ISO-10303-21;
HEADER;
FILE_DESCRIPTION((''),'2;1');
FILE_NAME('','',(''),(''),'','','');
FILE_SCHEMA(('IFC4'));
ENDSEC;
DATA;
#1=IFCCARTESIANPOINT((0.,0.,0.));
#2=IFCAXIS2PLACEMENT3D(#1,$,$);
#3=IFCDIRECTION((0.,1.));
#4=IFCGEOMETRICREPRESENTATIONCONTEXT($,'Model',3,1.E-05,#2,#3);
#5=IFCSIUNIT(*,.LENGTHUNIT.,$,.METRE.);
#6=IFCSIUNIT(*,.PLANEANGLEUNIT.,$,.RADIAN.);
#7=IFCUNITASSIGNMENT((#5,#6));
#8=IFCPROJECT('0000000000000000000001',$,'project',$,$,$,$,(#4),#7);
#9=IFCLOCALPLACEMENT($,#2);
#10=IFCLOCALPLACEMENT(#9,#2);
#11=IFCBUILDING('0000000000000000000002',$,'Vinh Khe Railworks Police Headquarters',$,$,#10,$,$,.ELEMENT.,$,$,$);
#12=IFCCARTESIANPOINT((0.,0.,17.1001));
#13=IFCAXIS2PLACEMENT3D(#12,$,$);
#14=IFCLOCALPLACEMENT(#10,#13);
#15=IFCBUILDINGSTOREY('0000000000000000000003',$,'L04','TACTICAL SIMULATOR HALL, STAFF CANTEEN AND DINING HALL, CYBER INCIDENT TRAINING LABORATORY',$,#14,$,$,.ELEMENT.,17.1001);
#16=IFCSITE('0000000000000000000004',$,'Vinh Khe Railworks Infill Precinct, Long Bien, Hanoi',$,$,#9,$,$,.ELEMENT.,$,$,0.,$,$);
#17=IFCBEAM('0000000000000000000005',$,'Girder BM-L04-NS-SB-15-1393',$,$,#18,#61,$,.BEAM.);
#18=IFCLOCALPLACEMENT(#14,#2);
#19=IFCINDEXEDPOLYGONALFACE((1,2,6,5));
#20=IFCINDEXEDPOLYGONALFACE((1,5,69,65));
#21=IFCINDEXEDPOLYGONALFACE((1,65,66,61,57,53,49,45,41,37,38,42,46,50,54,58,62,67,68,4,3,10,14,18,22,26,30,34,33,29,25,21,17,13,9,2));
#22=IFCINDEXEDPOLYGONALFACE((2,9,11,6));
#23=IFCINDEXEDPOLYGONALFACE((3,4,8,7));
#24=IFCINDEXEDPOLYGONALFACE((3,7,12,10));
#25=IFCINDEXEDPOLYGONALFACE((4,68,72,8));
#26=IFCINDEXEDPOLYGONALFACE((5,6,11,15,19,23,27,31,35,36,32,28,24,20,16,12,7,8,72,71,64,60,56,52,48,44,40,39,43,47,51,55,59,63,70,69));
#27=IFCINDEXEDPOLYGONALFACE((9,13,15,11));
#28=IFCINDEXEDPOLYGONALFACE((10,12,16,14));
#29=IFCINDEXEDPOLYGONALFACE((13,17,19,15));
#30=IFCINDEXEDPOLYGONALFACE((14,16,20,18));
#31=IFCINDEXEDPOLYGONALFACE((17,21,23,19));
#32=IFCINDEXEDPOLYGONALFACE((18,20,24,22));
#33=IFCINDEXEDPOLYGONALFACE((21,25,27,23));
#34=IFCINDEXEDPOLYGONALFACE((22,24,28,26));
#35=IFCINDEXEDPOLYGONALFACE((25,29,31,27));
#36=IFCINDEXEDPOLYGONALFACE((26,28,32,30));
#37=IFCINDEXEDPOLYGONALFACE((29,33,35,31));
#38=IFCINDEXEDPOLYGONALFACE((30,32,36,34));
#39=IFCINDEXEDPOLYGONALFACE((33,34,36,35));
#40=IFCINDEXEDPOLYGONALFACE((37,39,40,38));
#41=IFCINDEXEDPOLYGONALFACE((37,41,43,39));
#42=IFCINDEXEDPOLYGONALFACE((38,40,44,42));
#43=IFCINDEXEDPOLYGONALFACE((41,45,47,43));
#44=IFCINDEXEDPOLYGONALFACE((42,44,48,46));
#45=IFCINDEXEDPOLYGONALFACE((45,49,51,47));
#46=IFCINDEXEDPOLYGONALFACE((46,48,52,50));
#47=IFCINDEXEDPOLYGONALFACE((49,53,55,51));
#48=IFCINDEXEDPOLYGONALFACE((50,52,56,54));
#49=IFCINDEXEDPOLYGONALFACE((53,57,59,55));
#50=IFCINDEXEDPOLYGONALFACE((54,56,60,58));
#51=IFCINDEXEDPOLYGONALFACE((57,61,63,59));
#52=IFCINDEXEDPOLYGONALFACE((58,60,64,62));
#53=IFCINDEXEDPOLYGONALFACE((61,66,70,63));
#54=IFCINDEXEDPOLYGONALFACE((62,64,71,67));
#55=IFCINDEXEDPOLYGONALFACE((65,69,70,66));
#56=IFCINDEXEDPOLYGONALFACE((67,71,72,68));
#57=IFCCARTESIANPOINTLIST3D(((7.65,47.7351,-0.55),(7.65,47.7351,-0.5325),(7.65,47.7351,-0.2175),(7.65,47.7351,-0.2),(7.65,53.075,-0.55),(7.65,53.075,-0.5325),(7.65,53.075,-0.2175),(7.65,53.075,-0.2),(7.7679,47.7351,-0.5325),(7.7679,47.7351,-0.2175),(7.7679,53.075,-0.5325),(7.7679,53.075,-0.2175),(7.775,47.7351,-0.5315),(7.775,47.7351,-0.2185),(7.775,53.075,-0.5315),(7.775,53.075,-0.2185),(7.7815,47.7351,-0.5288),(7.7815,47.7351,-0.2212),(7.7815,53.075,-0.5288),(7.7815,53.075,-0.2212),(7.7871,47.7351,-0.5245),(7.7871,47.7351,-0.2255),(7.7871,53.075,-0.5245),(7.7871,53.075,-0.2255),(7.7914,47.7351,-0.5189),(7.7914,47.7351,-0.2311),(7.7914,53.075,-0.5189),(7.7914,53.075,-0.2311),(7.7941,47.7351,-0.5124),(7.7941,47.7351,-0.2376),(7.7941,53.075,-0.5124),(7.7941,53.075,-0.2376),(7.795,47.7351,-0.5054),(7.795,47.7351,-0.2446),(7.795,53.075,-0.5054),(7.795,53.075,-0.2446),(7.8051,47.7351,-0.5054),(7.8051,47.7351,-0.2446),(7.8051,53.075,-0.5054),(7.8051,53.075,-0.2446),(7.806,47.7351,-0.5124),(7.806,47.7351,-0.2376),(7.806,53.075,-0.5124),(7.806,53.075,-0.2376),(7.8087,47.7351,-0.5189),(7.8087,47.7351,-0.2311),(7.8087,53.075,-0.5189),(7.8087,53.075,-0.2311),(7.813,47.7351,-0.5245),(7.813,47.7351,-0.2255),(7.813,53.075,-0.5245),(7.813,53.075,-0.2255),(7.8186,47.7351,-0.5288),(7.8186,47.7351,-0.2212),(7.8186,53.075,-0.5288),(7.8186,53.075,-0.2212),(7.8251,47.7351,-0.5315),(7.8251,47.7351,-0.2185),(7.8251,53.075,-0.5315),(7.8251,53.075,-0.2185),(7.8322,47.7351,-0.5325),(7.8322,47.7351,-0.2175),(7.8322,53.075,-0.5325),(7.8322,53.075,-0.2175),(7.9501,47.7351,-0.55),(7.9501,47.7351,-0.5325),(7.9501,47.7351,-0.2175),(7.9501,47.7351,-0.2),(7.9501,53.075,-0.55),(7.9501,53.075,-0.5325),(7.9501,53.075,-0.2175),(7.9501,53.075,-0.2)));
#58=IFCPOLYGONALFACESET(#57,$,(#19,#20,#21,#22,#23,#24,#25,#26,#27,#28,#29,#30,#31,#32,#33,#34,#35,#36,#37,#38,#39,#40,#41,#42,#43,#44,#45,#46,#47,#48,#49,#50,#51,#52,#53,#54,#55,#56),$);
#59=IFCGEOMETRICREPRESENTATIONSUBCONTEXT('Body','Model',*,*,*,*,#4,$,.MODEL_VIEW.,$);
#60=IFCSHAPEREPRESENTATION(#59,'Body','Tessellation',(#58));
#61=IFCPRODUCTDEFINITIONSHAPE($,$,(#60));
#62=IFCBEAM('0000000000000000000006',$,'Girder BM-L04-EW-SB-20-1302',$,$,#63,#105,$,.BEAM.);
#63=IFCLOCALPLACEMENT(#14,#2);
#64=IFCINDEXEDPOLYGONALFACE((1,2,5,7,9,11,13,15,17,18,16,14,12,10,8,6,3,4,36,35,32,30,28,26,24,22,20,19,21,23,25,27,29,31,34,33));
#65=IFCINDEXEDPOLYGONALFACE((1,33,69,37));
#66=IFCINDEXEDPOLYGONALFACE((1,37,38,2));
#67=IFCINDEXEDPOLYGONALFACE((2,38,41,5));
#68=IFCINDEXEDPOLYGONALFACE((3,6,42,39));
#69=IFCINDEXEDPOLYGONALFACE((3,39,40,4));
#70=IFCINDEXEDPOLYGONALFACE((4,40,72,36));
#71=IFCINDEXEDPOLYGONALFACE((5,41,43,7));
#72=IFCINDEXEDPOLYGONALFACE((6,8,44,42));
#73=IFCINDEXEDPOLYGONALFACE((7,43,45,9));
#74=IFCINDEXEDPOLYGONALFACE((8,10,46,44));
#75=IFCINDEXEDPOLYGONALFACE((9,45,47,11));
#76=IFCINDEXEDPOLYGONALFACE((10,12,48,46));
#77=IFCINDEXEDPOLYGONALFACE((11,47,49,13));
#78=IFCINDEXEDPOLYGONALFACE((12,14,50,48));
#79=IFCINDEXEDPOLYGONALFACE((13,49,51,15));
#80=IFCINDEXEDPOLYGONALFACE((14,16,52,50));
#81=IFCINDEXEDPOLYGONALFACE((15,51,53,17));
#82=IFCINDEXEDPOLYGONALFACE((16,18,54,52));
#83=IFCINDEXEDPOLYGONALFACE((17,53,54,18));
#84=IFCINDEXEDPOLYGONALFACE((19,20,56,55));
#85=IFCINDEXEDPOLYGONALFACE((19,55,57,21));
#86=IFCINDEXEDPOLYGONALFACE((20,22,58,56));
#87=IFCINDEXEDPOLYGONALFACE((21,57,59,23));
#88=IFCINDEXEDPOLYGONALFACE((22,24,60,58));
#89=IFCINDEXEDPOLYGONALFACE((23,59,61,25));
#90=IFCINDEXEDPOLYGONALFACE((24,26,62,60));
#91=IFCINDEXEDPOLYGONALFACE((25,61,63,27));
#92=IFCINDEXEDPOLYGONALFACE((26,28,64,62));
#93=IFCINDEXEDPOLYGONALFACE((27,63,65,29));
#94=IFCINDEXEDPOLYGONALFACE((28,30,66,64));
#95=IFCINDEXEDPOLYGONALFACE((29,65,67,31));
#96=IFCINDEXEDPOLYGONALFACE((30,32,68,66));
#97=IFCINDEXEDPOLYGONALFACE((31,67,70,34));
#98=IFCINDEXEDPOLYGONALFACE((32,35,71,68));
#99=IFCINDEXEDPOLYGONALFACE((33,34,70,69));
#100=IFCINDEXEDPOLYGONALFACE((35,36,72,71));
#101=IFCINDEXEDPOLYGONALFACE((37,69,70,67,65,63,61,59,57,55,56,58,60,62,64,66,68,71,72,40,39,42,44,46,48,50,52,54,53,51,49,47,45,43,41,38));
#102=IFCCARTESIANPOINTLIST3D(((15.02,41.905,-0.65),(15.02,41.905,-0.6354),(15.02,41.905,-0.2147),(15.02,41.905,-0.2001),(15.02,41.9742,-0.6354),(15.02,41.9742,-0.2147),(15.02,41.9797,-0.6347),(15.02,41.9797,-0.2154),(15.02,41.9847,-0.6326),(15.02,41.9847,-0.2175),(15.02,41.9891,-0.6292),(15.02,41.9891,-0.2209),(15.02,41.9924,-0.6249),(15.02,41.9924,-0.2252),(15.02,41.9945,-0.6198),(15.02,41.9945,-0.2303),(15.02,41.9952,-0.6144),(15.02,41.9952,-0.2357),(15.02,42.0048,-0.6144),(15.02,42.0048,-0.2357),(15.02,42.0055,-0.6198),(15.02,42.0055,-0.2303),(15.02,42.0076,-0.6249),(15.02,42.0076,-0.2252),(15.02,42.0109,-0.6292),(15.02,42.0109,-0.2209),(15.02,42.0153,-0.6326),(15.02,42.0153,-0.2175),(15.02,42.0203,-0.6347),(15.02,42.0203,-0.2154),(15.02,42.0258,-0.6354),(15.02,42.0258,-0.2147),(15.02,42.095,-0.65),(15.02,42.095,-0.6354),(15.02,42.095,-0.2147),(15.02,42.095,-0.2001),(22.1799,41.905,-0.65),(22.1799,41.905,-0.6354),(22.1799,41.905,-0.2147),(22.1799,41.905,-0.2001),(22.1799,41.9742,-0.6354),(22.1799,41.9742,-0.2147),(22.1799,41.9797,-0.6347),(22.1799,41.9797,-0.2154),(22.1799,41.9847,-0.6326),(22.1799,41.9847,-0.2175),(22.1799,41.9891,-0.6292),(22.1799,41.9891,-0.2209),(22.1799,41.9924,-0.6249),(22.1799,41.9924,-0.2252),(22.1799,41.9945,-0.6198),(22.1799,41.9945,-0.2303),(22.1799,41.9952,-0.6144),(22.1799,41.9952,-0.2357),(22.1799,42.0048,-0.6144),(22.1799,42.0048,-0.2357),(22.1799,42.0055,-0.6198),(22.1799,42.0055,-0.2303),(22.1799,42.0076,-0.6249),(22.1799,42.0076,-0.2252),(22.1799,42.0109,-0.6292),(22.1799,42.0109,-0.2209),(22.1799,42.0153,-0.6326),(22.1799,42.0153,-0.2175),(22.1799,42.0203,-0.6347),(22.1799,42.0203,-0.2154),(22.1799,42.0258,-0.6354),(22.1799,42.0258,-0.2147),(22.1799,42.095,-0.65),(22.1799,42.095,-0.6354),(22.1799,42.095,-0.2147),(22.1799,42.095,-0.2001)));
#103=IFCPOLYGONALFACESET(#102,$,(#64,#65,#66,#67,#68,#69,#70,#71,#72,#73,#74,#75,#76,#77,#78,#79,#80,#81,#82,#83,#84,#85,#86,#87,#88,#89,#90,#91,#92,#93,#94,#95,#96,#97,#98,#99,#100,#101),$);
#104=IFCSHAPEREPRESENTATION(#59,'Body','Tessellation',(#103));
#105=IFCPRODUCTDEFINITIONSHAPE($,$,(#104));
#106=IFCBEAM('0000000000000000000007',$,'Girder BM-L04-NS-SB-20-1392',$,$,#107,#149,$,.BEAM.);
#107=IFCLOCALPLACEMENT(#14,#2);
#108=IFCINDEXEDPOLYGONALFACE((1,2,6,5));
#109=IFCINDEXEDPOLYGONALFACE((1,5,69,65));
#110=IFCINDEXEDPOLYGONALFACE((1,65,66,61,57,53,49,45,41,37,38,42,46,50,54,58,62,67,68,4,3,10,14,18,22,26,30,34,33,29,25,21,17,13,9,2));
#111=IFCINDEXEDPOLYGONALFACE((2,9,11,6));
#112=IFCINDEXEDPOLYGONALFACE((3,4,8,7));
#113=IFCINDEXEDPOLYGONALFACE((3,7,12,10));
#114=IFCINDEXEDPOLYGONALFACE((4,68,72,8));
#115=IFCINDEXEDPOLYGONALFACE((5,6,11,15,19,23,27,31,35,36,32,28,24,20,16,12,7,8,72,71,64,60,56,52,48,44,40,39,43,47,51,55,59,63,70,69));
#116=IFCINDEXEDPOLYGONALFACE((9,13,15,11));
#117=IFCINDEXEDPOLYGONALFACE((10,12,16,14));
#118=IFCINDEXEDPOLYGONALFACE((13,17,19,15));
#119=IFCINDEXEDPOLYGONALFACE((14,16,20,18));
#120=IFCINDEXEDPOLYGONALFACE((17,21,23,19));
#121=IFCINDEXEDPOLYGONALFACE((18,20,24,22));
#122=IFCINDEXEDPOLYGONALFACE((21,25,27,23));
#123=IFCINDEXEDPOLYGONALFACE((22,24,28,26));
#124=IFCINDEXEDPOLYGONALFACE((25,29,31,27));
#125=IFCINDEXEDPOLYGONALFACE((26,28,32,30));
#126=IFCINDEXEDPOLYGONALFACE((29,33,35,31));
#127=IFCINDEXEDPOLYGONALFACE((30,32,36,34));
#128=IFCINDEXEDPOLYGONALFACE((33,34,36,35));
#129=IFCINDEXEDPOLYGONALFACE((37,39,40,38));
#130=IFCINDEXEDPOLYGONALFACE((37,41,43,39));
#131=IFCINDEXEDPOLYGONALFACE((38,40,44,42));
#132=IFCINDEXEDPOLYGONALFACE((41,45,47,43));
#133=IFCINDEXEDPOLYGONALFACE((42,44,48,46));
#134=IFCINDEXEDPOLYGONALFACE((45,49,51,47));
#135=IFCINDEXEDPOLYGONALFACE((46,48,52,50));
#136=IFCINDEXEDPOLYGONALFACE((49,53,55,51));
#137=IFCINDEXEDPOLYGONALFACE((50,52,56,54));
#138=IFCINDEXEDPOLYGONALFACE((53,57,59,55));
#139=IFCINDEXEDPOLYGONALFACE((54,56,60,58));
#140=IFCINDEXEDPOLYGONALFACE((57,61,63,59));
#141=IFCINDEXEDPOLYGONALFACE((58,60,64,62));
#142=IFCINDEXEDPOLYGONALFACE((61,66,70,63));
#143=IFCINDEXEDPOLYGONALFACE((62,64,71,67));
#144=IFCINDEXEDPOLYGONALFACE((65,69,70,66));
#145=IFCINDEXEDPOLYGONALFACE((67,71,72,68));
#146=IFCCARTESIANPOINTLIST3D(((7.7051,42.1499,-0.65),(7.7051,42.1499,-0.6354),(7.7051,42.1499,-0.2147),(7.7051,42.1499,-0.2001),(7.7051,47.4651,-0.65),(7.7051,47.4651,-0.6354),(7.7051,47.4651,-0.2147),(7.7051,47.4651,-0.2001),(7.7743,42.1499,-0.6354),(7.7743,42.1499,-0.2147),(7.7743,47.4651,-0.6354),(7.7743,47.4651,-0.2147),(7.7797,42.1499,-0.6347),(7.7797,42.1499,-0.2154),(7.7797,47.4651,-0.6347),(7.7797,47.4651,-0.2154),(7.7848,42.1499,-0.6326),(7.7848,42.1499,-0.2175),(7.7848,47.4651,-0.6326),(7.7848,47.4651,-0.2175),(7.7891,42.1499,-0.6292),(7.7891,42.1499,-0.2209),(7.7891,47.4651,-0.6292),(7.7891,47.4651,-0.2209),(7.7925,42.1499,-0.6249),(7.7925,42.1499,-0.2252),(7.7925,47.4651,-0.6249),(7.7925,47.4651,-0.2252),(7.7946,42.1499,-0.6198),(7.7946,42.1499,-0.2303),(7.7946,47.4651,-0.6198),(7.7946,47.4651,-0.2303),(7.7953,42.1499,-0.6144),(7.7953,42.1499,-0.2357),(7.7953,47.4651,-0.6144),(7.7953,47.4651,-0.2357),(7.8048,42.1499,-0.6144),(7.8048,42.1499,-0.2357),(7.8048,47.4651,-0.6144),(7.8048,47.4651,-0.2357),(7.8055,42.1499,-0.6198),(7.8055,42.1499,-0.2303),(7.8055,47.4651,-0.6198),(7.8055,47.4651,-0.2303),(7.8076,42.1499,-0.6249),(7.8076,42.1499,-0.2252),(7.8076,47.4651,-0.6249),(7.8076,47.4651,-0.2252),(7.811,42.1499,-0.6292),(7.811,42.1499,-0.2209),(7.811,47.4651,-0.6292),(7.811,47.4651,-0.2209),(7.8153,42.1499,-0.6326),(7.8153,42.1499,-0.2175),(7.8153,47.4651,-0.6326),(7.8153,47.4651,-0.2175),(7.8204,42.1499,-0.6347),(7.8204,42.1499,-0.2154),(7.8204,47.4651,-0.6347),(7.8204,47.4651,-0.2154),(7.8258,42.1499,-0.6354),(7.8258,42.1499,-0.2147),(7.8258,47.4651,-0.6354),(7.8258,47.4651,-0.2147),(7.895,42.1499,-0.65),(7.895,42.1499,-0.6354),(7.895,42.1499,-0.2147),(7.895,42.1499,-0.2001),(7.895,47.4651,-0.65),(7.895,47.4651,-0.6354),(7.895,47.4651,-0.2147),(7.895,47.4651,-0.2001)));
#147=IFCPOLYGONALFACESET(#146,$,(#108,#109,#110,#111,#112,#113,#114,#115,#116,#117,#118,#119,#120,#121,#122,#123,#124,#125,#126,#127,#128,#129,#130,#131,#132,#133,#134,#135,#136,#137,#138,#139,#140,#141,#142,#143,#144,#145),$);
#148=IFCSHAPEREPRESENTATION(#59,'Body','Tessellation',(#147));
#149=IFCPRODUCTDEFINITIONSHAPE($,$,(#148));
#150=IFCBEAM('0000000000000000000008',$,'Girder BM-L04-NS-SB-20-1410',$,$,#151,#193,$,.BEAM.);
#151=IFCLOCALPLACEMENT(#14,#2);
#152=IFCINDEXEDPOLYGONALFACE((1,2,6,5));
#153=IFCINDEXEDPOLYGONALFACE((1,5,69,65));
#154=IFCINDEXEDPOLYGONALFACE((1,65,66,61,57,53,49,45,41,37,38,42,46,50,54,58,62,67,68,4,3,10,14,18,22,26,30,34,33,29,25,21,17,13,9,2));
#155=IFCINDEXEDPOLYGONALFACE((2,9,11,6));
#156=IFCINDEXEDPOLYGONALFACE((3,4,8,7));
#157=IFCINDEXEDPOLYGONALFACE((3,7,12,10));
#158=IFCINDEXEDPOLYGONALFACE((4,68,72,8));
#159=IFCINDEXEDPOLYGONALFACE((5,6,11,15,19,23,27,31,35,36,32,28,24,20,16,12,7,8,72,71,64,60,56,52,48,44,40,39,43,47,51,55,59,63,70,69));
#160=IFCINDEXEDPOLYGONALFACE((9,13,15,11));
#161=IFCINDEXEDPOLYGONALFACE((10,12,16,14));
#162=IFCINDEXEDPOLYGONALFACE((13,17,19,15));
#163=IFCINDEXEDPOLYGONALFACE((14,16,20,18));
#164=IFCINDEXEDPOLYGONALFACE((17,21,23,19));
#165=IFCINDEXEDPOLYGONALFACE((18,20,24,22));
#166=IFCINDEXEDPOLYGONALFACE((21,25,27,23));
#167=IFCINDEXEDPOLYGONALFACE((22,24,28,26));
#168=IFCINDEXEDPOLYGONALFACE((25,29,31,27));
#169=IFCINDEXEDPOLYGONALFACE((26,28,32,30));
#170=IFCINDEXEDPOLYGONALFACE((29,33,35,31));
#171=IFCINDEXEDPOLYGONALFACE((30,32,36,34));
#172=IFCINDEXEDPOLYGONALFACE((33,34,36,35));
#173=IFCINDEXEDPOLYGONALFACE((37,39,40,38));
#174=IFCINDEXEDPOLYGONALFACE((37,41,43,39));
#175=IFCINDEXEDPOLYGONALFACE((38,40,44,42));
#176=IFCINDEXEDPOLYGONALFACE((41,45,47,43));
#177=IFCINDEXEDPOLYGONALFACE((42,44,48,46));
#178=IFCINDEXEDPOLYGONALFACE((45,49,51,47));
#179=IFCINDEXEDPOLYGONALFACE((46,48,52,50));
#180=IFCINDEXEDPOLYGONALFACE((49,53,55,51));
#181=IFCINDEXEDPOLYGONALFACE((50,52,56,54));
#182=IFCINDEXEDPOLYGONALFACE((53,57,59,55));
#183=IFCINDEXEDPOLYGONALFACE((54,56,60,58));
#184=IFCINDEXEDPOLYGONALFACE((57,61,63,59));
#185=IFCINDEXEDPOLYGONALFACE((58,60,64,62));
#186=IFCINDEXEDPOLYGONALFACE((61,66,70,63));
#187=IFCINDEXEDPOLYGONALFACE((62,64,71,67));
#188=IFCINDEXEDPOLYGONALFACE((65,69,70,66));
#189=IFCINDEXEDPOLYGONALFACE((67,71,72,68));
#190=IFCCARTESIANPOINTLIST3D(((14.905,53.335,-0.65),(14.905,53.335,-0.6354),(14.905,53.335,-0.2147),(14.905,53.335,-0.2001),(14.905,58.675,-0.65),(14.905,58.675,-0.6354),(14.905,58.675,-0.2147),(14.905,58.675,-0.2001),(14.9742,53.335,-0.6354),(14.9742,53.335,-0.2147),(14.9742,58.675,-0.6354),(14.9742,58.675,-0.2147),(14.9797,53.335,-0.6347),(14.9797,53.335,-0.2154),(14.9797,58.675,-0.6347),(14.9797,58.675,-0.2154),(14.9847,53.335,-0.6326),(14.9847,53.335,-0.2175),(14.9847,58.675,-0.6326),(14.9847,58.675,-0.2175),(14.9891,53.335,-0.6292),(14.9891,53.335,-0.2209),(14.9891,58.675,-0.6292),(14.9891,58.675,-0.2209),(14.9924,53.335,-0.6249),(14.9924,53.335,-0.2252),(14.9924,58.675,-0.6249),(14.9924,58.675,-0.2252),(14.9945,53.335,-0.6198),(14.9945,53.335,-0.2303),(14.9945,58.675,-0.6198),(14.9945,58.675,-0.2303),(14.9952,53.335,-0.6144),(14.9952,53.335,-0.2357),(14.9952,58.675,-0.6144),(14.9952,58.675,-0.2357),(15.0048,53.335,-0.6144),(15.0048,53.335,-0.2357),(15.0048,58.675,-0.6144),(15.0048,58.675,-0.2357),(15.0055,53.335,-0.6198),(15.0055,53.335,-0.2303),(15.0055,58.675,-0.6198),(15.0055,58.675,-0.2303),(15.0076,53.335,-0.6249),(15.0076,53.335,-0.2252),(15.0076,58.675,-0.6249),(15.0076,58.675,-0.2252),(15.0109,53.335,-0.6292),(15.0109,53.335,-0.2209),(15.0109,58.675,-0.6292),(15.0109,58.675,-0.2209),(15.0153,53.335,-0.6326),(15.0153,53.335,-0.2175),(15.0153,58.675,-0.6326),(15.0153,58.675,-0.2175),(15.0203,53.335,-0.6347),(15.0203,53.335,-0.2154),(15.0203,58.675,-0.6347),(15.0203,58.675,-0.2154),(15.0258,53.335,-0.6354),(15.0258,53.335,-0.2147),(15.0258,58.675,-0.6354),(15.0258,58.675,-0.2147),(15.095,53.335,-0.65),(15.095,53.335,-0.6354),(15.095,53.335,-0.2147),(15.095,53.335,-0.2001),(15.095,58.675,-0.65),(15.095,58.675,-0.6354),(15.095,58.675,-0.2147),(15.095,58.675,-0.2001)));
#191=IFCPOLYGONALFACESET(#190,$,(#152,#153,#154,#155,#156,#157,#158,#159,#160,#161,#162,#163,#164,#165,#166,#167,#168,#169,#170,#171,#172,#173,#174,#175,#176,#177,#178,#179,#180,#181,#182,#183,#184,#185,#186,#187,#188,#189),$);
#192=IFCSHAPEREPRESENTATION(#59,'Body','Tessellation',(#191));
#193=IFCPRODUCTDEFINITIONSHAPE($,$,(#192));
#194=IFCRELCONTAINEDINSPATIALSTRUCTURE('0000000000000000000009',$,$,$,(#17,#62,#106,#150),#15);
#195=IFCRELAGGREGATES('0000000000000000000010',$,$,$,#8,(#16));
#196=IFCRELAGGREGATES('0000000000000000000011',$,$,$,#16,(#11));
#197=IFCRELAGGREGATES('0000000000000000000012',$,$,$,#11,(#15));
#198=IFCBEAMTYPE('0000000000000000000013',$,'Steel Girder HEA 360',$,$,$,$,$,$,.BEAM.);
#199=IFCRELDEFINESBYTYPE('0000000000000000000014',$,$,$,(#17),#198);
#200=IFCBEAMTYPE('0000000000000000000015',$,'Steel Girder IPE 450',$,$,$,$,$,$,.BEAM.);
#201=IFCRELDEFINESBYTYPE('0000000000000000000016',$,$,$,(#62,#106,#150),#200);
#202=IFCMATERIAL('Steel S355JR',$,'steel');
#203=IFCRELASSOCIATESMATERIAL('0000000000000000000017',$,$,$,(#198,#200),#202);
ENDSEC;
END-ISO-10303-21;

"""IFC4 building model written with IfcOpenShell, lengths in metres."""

from ifc_helpers import new_model, si_unit, direction, frame, origin, origin_2d, place, context, subcontext, project, spatial, i_section, extrude, material, material_profile, profile_set, type_object, element, save


model = new_model("IFC4")

# Units and contexts
model_context = context("Model", 3, precision=1e-05, world=origin(), true_north=direction((0.0, 1.0)))
body_context = subcontext(model_context, "Body", "Model", "MODEL_VIEW")
ifc_project = project(units=[si_unit("LENGTHUNIT", "METRE"), si_unit("PLANEANGLEUNIT", "RADIAN")], contexts=[model_context])

# Site, building, storey
site_placement = place(None, origin())
site = spatial("IfcSite", under=ifc_project, at=site_placement, Name="Vinh Khe Railworks Infill Precinct, Long Bien, Hanoi", CompositionType="ELEMENT", RefElevation=0.0)
building_placement = place(site_placement, origin())
building = spatial("IfcBuilding", under=site, at=building_placement, Name="Vinh Khe Railworks Police Headquarters", CompositionType="ELEMENT")
storey_placement = place(building_placement, frame((0.0, 0.0, 17.1001)))
storey = spatial("IfcBuildingStorey", under=building, at=storey_placement, Name="L04", Description="TACTICAL SIMULATOR HALL, STAFF CANTEEN AND DINING HALL, CYBER INCIDENT TRAINING LABORATORY", CompositionType="ELEMENT", Elevation=17.1001)

# Shared definitions
ifc_material_1 = material(Name="Steel S355JR", Category="steel")

# Beams
ifc_material_profile_1 = material_profile(ifc_material_1, i_section(OverallWidth=0.3, OverallDepth=0.3501, WebThickness=0.01, FlangeThickness=0.0176, FilletRadius=0.0271, at=origin_2d()), Name="HEA 360")
ifc_profile_set_1 = profile_set([ifc_material_profile_1], Name="Steel S355JR")
beam_type_1 = type_object("IfcBeamType", Name="Steel Girder HEA 360", PredefinedType="BEAM", material=ifc_profile_set_1)
beam_1_placement = place(storey_placement, frame((7.8, 47.7351, -0.375), z_axis=(0.0, 1.0, 0.0), x_axis=(-1.0, 0.0, 0.0)))
element("IfcBeam", 1, at=beam_1_placement, inside=storey, type_object=beam_type_1, Name="Girder BM-L04-NS-SB-15-1393", PredefinedType="BEAM", context=body_context, shape_type="SweptSolid", body=[
    extrude(i_section(OverallWidth=0.3, OverallDepth=0.3501, WebThickness=0.01, FlangeThickness=0.0176, FilletRadius=0.0271, at=origin_2d()), origin(), (0.0, 0.0, 1.0), 5.3398),
])
ifc_material_profile_2 = material_profile(ifc_material_1, i_section(OverallWidth=0.1899, OverallDepth=0.45, WebThickness=0.0095, FlangeThickness=0.0146, FilletRadius=0.021, at=origin_2d()), Name="IPE 450")
ifc_profile_set_2 = profile_set([ifc_material_profile_2], Name="Steel S355JR")
beam_type_2 = type_object("IfcBeamType", Name="Steel Girder IPE 450", PredefinedType="BEAM", material=ifc_profile_set_2)
beam_2_placement = place(storey_placement, frame((15.02, 42.0, -0.425), z_axis=(1.0, 0.0, 0.0), x_axis=(0.0, 1.0, 0.0)))
element("IfcBeam", 2, at=beam_2_placement, inside=storey, type_object=beam_type_2, Name="Girder BM-L04-EW-SB-20-1302", PredefinedType="BEAM", context=body_context, shape_type="SweptSolid", body=[
    extrude(i_section(OverallWidth=0.1899, OverallDepth=0.45, WebThickness=0.0095, FlangeThickness=0.0146, FilletRadius=0.021, at=origin_2d()), origin(), (0.0, 0.0, 1.0), 7.1599),
])
beam_3_placement = place(storey_placement, frame((7.8, 42.1499, -0.425), z_axis=(0.0, 1.0, 0.0), x_axis=(-1.0, 0.0, 0.0)))
element("IfcBeam", 3, at=beam_3_placement, inside=storey, type_object=beam_type_2, Name="Girder BM-L04-NS-SB-20-1392", PredefinedType="BEAM", context=body_context, shape_type="SweptSolid", body=[
    extrude(i_section(OverallWidth=0.1899, OverallDepth=0.45, WebThickness=0.0095, FlangeThickness=0.0146, FilletRadius=0.021, at=origin_2d()), origin(), (0.0, 0.0, 1.0), 5.3152),
])
beam_4_placement = place(storey_placement, frame((15.0, 53.335, -0.425), z_axis=(0.0, 1.0, 0.0), x_axis=(-1.0, 0.0, 0.0)))
element("IfcBeam", 4, at=beam_4_placement, inside=storey, type_object=beam_type_2, Name="Girder BM-L04-NS-SB-20-1410", PredefinedType="BEAM", context=body_context, shape_type="SweptSolid", body=[
    extrude(i_section(OverallWidth=0.1899, OverallDepth=0.45, WebThickness=0.0095, FlangeThickness=0.0146, FilletRadius=0.021, at=origin_2d()), origin(), (0.0, 0.0, 1.0), 5.3401),
])

save(model, "model.ifc")
